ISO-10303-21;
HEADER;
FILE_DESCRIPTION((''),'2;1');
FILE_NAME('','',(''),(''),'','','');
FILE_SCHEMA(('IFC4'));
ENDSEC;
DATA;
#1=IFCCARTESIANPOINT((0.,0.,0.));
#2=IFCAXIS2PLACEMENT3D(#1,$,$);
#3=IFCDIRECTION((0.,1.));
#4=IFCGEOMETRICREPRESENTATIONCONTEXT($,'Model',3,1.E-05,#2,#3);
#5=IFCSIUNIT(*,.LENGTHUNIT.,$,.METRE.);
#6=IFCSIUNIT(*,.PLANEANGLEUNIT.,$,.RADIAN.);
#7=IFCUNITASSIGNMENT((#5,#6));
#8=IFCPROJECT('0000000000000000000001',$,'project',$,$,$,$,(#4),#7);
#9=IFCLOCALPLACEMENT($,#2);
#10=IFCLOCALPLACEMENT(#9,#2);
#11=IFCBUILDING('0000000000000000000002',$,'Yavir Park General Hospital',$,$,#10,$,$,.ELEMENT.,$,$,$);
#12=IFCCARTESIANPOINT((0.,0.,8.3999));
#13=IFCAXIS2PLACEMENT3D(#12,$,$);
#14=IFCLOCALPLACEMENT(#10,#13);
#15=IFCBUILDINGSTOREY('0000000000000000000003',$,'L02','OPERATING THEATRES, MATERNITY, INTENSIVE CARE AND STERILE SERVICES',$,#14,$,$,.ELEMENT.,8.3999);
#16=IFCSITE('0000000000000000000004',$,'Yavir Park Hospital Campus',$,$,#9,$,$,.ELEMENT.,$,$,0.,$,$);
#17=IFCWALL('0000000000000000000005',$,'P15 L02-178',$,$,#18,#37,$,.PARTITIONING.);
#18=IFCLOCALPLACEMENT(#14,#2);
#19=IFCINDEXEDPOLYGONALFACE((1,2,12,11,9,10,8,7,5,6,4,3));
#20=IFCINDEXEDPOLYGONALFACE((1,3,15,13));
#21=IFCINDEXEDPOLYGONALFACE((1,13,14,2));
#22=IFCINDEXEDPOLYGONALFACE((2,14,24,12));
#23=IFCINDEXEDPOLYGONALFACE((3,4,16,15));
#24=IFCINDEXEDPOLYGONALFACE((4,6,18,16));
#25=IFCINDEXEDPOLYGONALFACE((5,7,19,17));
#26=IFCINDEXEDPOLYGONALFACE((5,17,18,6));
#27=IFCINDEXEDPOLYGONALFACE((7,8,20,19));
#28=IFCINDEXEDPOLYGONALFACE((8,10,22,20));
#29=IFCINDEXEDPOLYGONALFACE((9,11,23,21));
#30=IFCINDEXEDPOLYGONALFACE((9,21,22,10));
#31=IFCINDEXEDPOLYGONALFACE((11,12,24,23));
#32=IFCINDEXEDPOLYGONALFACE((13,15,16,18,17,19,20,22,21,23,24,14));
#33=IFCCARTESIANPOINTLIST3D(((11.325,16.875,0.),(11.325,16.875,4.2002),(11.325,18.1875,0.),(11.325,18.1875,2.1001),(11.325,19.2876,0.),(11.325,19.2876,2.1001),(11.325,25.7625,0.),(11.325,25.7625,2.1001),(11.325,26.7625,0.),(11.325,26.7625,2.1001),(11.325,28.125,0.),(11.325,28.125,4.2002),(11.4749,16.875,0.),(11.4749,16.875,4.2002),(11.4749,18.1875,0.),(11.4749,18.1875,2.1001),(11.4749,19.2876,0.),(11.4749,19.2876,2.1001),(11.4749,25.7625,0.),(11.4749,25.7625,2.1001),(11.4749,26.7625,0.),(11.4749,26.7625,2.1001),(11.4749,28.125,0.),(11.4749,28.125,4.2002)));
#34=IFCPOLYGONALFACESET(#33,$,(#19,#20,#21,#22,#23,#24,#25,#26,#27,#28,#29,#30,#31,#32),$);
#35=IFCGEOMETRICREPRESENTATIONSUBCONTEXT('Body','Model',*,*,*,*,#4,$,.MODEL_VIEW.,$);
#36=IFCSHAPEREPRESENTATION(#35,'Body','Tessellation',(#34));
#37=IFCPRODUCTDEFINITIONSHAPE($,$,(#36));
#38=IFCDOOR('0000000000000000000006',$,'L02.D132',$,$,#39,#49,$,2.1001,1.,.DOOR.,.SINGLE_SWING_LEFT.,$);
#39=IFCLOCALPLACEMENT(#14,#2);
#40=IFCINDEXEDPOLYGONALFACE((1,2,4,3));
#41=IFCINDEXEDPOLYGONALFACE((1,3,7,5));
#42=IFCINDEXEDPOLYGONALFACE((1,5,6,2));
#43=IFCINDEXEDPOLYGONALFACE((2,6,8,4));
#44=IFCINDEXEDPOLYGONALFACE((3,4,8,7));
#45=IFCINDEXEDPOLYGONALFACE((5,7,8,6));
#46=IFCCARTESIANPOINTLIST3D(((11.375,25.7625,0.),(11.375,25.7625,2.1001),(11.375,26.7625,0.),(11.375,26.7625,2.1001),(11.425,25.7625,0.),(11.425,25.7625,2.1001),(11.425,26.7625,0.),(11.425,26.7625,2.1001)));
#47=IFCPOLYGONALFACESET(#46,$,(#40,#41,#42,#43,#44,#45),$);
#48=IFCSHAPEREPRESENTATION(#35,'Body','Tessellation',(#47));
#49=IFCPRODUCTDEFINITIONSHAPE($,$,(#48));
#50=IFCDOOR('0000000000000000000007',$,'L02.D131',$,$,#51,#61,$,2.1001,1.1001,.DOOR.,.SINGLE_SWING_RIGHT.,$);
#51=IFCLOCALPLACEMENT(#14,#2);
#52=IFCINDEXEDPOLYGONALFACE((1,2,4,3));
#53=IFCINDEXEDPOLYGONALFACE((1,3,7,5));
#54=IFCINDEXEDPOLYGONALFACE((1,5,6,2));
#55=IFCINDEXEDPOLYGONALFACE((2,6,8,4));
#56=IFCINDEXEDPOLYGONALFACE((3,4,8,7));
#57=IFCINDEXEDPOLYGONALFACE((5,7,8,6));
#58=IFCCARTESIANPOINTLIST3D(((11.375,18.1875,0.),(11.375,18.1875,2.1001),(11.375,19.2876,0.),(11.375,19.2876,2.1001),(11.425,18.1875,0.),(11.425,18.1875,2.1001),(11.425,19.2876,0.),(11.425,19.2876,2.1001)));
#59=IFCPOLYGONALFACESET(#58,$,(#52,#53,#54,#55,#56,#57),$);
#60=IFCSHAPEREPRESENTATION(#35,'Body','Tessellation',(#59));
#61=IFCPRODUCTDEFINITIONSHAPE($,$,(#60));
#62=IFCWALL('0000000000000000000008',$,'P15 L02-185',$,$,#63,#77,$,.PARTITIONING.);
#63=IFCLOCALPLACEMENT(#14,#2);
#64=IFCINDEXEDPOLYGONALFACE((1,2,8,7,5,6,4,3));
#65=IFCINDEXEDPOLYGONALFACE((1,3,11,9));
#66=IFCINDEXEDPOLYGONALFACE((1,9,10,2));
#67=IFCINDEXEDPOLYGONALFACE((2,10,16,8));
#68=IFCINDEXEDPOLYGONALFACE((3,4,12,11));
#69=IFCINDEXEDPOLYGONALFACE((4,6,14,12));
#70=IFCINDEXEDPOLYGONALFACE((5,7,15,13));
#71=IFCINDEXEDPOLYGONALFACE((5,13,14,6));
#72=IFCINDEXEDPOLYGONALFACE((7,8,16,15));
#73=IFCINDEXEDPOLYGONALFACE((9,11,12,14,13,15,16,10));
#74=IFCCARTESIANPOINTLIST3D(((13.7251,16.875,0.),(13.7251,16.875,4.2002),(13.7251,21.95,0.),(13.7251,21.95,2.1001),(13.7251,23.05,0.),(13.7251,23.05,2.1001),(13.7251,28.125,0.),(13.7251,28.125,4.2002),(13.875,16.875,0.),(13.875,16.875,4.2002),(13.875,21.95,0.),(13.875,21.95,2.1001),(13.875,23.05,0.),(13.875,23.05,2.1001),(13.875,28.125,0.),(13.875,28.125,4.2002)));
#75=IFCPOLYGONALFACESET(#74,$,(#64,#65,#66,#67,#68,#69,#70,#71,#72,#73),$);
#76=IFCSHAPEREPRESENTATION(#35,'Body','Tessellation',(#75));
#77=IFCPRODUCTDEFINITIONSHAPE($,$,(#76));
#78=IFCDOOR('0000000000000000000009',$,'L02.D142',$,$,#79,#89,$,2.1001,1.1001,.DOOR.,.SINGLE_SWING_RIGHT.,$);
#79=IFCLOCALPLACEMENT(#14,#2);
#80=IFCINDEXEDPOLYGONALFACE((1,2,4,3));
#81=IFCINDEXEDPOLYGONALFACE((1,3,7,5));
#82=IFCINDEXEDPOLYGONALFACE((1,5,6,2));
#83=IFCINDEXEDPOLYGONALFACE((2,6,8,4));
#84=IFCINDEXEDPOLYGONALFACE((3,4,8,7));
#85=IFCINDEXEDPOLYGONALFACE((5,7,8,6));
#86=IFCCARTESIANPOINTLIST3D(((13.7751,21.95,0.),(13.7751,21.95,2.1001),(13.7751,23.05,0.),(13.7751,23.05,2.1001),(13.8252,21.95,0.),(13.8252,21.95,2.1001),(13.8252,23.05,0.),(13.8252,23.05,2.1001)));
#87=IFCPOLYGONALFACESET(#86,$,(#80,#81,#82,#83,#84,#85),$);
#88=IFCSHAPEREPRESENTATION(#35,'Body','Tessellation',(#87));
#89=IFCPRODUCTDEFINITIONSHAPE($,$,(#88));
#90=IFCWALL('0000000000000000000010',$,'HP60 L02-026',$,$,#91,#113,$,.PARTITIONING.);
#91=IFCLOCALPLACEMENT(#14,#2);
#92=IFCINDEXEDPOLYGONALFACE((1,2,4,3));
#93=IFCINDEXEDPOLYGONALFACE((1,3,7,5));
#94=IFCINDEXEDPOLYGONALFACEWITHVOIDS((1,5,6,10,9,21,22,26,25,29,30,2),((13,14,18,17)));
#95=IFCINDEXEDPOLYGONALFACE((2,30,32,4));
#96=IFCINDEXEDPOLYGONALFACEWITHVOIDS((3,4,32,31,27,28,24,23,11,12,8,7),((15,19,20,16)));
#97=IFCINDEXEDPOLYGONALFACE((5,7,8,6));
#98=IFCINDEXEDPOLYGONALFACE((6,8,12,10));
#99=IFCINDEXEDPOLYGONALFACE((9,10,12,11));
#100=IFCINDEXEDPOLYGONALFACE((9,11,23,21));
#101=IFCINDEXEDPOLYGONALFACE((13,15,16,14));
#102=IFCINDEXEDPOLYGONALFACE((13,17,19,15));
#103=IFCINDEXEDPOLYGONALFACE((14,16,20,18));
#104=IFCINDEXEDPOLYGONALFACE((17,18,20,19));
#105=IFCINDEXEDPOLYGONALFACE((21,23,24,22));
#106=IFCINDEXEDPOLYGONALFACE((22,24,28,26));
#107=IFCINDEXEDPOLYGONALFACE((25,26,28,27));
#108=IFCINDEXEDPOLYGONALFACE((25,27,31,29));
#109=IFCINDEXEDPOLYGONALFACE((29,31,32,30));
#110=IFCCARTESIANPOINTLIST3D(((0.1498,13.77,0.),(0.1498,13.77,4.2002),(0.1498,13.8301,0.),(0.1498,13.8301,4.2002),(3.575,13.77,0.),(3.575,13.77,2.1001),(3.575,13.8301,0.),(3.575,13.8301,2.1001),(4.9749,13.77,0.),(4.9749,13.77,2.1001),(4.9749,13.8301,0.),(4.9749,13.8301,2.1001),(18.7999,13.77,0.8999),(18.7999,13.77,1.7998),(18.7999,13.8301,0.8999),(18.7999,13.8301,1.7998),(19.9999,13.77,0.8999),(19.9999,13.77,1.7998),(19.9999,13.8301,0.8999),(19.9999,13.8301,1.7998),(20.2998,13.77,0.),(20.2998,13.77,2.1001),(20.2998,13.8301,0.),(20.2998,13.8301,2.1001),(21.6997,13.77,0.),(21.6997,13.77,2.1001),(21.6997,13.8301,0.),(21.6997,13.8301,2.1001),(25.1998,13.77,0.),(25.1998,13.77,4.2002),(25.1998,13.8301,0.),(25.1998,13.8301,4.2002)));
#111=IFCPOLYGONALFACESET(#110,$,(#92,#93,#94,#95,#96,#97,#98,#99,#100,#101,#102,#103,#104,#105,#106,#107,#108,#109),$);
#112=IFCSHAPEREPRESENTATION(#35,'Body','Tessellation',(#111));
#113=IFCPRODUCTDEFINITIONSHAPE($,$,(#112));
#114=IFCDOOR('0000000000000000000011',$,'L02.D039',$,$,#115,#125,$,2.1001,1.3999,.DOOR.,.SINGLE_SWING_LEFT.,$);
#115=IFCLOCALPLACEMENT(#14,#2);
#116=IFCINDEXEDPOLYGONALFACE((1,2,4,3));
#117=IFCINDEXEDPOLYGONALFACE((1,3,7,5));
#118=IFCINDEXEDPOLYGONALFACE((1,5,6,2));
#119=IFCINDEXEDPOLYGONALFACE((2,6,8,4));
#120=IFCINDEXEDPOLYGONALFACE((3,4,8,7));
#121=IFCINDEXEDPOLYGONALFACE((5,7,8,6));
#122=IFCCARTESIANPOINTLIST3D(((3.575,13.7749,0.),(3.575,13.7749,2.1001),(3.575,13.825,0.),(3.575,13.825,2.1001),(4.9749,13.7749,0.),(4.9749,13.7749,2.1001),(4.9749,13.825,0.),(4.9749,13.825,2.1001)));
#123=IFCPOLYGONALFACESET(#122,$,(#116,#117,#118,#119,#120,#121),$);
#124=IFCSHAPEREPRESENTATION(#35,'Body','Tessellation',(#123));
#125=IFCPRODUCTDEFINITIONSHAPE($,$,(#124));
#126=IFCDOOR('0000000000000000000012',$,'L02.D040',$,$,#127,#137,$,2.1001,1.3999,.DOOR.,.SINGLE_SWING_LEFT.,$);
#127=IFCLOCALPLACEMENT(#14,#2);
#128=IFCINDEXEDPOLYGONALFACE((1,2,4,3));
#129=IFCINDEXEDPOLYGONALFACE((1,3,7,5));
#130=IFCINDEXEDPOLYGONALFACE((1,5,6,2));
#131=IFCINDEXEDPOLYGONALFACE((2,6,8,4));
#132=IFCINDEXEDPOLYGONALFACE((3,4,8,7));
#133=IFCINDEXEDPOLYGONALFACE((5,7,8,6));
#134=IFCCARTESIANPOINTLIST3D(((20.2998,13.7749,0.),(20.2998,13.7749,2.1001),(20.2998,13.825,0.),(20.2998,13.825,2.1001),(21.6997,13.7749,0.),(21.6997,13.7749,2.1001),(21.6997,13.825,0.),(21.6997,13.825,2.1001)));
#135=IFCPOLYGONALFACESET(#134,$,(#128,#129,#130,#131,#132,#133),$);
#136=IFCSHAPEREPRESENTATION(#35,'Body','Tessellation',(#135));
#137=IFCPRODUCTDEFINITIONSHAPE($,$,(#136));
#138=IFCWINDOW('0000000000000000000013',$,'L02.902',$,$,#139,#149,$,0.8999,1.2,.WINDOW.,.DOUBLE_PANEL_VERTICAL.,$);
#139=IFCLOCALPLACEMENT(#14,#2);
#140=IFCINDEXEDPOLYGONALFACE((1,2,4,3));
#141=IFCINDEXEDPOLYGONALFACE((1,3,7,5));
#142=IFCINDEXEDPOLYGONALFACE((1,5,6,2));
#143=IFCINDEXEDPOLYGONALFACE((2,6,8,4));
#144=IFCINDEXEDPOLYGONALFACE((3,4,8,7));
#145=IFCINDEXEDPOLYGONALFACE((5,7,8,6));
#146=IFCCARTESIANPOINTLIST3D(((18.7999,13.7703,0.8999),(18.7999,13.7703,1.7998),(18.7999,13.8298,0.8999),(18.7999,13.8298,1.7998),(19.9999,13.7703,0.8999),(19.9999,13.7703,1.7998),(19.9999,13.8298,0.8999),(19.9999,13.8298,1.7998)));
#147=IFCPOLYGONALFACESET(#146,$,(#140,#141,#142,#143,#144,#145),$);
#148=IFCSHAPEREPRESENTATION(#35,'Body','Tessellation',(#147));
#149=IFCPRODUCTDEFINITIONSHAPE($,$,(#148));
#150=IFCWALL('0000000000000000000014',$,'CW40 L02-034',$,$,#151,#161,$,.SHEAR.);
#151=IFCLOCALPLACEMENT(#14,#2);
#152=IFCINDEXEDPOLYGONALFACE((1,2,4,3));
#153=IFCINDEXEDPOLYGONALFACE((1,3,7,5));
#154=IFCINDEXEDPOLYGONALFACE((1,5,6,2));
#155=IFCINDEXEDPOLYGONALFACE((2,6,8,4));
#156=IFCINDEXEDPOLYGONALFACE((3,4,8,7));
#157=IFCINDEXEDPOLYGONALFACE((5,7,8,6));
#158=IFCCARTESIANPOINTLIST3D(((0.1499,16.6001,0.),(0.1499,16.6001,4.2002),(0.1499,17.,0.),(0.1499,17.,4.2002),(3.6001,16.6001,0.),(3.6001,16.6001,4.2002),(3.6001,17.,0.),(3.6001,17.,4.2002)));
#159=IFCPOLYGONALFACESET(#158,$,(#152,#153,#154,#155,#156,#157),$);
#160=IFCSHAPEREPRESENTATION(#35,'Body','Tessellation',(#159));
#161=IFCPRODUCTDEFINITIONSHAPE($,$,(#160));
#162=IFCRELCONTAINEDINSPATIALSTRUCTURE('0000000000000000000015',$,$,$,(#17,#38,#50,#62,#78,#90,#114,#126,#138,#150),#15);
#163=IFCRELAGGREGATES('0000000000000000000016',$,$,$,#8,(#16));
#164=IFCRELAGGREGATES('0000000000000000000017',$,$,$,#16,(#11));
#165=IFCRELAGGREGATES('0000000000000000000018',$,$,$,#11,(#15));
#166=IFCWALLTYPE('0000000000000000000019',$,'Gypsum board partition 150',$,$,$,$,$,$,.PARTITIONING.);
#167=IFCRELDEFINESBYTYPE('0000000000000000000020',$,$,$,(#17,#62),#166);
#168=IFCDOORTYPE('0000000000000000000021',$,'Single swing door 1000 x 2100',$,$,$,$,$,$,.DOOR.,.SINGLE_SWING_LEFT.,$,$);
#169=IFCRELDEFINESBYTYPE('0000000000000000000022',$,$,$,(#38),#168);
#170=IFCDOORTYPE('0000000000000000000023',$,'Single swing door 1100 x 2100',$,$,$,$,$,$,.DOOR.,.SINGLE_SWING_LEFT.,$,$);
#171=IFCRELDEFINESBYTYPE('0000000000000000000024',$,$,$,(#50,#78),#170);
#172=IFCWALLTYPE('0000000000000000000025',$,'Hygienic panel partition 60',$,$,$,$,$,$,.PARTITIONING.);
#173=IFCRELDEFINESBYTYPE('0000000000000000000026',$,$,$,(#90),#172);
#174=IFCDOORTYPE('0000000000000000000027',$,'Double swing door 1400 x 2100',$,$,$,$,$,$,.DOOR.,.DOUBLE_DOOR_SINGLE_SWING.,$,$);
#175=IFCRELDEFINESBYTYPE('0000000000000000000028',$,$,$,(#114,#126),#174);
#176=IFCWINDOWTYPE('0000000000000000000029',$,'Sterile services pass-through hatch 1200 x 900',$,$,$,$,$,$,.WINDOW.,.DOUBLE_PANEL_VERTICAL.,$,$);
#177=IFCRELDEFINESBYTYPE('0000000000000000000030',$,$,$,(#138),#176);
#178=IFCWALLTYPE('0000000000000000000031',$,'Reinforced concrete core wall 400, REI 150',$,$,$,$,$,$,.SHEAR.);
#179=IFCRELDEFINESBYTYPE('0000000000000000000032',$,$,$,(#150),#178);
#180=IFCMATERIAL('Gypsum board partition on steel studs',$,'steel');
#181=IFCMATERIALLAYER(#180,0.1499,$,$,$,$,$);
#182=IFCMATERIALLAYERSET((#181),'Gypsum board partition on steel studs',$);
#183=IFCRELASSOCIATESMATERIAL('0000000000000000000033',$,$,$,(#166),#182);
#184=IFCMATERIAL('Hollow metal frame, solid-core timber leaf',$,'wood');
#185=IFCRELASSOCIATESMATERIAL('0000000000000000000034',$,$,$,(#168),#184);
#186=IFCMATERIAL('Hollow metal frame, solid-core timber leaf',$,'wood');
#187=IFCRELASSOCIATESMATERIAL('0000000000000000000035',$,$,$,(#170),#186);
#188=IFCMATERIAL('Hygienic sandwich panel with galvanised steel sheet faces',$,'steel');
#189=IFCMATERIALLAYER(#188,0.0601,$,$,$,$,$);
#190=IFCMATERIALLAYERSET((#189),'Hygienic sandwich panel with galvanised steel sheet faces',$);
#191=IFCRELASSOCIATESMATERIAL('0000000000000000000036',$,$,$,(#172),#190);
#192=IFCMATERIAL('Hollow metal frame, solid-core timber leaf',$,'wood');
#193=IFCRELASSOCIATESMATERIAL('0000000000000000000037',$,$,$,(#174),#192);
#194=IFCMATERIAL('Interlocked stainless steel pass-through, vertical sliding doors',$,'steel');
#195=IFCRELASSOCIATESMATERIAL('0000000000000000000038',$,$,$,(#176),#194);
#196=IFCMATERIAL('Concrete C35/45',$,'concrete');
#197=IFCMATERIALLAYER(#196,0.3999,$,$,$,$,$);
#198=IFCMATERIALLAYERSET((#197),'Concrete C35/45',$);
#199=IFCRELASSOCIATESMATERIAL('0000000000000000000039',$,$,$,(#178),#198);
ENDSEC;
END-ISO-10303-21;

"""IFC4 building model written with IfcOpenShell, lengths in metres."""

from ifc_helpers import new_model, si_unit, direction, frame, frame_2d, origin, place, context, subcontext, project, spatial, rectangle, extrude, material, layer, layer_set, type_object, element, fill, save


model = new_model("IFC4")

# Units and contexts
model_context = context("Model", 3, precision=1e-05, world=origin(), true_north=direction((0.0, 1.0)))
body_context = subcontext(model_context, "Body", "Model", "MODEL_VIEW")
ifc_project = project(units=[si_unit("LENGTHUNIT", "METRE"), si_unit("PLANEANGLEUNIT", "RADIAN")], contexts=[model_context])

# Site, building, storey
site_placement = place(None, origin())
site = spatial("IfcSite", under=ifc_project, at=site_placement, Name="Yavir Park Hospital Campus", CompositionType="ELEMENT", RefElevation=0.0)
building_placement = place(site_placement, origin())
building = spatial("IfcBuilding", under=site, at=building_placement, Name="Yavir Park General Hospital", CompositionType="ELEMENT")
storey_placement = place(building_placement, frame((0.0, 0.0, 8.3999)))
storey = spatial("IfcBuildingStorey", under=building, at=storey_placement, Name="L02", Description="OPERATING THEATRES, MATERNITY, INTENSIVE CARE AND STERILE SERVICES", CompositionType="ELEMENT", Elevation=8.3999)

# Shared definitions
ifc_material_1 = material(Name="Gypsum board partition on steel studs", Category="steel")
ifc_layer_1 = layer(ifc_material_1, 0.1499)
ifc_layer_set_1 = layer_set([ifc_layer_1], Name="Gypsum board partition on steel studs")
wall_type_1 = type_object("IfcWallType", Name="Gypsum board partition 150", PredefinedType="PARTITIONING", material=ifc_layer_set_1)

# Wall, openings, doors
wall_1_placement = place(storey_placement, frame((11.3999, 16.875, 0.0), z_axis=(0.0, 0.0, 1.0), x_axis=(0.0, 1.0, 0.0)))
wall_1 = element("IfcWall", 1, at=wall_1_placement, inside=storey, type_object=wall_type_1, Name="P15 L02-178", PredefinedType="PARTITIONING", context=body_context, shape_type="SweptSolid", body=[
    extrude(rectangle(XDim=11.25, YDim=0.1499, at=frame_2d((5.625, 0.0))), origin(), (0.0, 0.0, 1.0), 4.2002),
])
opening_1_placement = place(wall_1_placement, frame((1.3125, 0.0, 0.0)))
opening_1 = element("IfcOpeningElement", 2, at=opening_1_placement, cuts=wall_1, PredefinedType="OPENING", context=body_context, shape_type="SweptSolid", body=[
    extrude(rectangle(XDim=1.1001, YDim=2.1001, at=frame_2d((0.55, 1.05))), frame((0.0, 0.085, 0.0), z_axis=(0.0, -1.0, 0.0), x_axis=(1.0, 0.0, 0.0)), (0.0, 0.0, 1.0), 0.1699),
])
opening_2_placement = place(wall_1_placement, frame((8.8875, 0.0, 0.0)))
opening_2 = element("IfcOpeningElement", 3, at=opening_2_placement, cuts=wall_1, PredefinedType="OPENING", context=body_context, shape_type="SweptSolid", body=[
    extrude(rectangle(XDim=1.0, YDim=2.1001, at=frame_2d((0.5, 1.05))), frame((0.0, 0.085, 0.0), z_axis=(0.0, -1.0, 0.0), x_axis=(1.0, 0.0, 0.0)), (0.0, 0.0, 1.0), 0.1699),
])
ifc_material_2 = material(Name="Hollow metal frame, solid-core timber leaf", Category="wood")
door_type_1 = type_object("IfcDoorType", Name="Single swing door 1000 x 2100", OperationType="SINGLE_SWING_LEFT", PredefinedType="DOOR", material=ifc_material_2)
door_1_placement = place(opening_2_placement, origin())
door_1 = element("IfcDoor", 4, at=door_1_placement, inside=storey, type_object=door_type_1, Name="L02.D132", OperationType="SINGLE_SWING_LEFT", OverallHeight=2.1001, OverallWidth=1.0, PredefinedType="DOOR", context=body_context, shape_type="SweptSolid", body=[
    extrude(rectangle(XDim=1.0, YDim=2.1001, at=frame_2d((0.5, 1.05))), frame((0.0, 0.0249, 0.0), z_axis=(0.0, -1.0, 0.0), x_axis=(1.0, 0.0, 0.0)), (0.0, 0.0, 1.0), 0.05),
])
fill(opening_2, door_1)
ifc_material_3 = material(Name="Hollow metal frame, solid-core timber leaf", Category="wood")
door_type_2 = type_object("IfcDoorType", Name="Single swing door 1100 x 2100", OperationType="SINGLE_SWING_LEFT", PredefinedType="DOOR", material=ifc_material_3)
door_2_placement = place(opening_1_placement, origin())
door_2 = element("IfcDoor", 5, at=door_2_placement, inside=storey, type_object=door_type_2, Name="L02.D131", OperationType="SINGLE_SWING_RIGHT", OverallHeight=2.1001, OverallWidth=1.1001, PredefinedType="DOOR", context=body_context, shape_type="SweptSolid", body=[
    extrude(rectangle(XDim=1.1001, YDim=2.1001, at=frame_2d((0.55, 1.05))), frame((0.0, 0.0249, 0.0), z_axis=(0.0, -1.0, 0.0), x_axis=(1.0, 0.0, 0.0)), (0.0, 0.0, 1.0), 0.05),
])
fill(opening_1, door_2)

# Wall, opening, door
wall_2_placement = place(storey_placement, frame((13.8, 16.875, 0.0), z_axis=(0.0, 0.0, 1.0), x_axis=(0.0, 1.0, 0.0)))
wall_2 = element("IfcWall", 6, at=wall_2_placement, inside=storey, type_object=wall_type_1, Name="P15 L02-185", PredefinedType="PARTITIONING", context=body_context, shape_type="SweptSolid", body=[
    extrude(rectangle(XDim=11.25, YDim=0.1499, at=frame_2d((5.625, 0.0))), origin(), (0.0, 0.0, 1.0), 4.2002),
])
opening_3_placement = place(wall_2_placement, frame((5.075, 0.0, 0.0)))
opening_3 = element("IfcOpeningElement", 7, at=opening_3_placement, cuts=wall_2, PredefinedType="OPENING", context=body_context, shape_type="SweptSolid", body=[
    extrude(rectangle(XDim=1.1001, YDim=2.1001, at=frame_2d((0.55, 1.05))), frame((0.0, 0.085, 0.0), z_axis=(0.0, -1.0, 0.0), x_axis=(1.0, 0.0, 0.0)), (0.0, 0.0, 1.0), 0.1699),
])
door_3_placement = place(opening_3_placement, origin())
door_3 = element("IfcDoor", 8, at=door_3_placement, inside=storey, type_object=door_type_2, Name="L02.D142", OperationType="SINGLE_SWING_RIGHT", OverallHeight=2.1001, OverallWidth=1.1001, PredefinedType="DOOR", context=body_context, shape_type="SweptSolid", body=[
    extrude(rectangle(XDim=1.1001, YDim=2.1001, at=frame_2d((0.55, 1.05))), frame((0.0, 0.0249, 0.0), z_axis=(0.0, -1.0, 0.0), x_axis=(1.0, 0.0, 0.0)), (0.0, 0.0, 1.0), 0.05),
])
fill(opening_3, door_3)

# Wall, openings, doors, window
ifc_material_4 = material(Name="Hygienic sandwich panel with galvanised steel sheet faces", Category="steel")
ifc_layer_2 = layer(ifc_material_4, 0.0601)
ifc_layer_set_2 = layer_set([ifc_layer_2], Name="Hygienic sandwich panel with galvanised steel sheet faces")
wall_type_2 = type_object("IfcWallType", Name="Hygienic panel partition 60", PredefinedType="PARTITIONING", material=ifc_layer_set_2)
wall_3_placement = place(storey_placement, frame((0.1499, 13.8, 0.0), z_axis=(0.0, 0.0, 1.0), x_axis=(1.0, 0.0, 0.0)))
wall_3 = element("IfcWall", 9, at=wall_3_placement, inside=storey, type_object=wall_type_2, Name="HP60 L02-026", PredefinedType="PARTITIONING", context=body_context, shape_type="SweptSolid", body=[
    extrude(rectangle(XDim=25.05, YDim=0.0601, at=frame_2d((12.5249, 0.0))), origin(), (0.0, 0.0, 1.0), 4.2002),
])
opening_4_placement = place(wall_3_placement, frame((3.425, 0.0, 0.0)))
opening_4 = element("IfcOpeningElement", 10, at=opening_4_placement, cuts=wall_3, PredefinedType="OPENING", context=body_context, shape_type="SweptSolid", body=[
    extrude(rectangle(XDim=1.3999, YDim=2.1001, at=frame_2d((0.7, 1.05))), frame((0.0, 0.04, 0.0), z_axis=(0.0, -1.0, 0.0), x_axis=(1.0, 0.0, 0.0)), (0.0, 0.0, 1.0), 0.0801),
])
opening_5_placement = place(wall_3_placement, frame((20.1499, 0.0, 0.0)))
opening_5 = element("IfcOpeningElement", 11, at=opening_5_placement, cuts=wall_3, PredefinedType="OPENING", context=body_context, shape_type="SweptSolid", body=[
    extrude(rectangle(XDim=1.3999, YDim=2.1001, at=frame_2d((0.7, 1.05))), frame((0.0, 0.04, 0.0), z_axis=(0.0, -1.0, 0.0), x_axis=(1.0, 0.0, 0.0)), (0.0, 0.0, 1.0), 0.0801),
])
opening_6_placement = place(wall_3_placement, frame((18.6499, 0.0, 0.8999)))
opening_6 = element("IfcOpeningElement", 12, at=opening_6_placement, cuts=wall_3, PredefinedType="OPENING", context=body_context, shape_type="SweptSolid", body=[
    extrude(rectangle(XDim=1.2, YDim=0.8999, at=frame_2d((0.6001, 0.45))), frame((0.0, 0.04, 0.0), z_axis=(0.0, -1.0, 0.0), x_axis=(1.0, 0.0, 0.0)), (0.0, 0.0, 1.0), 0.0801),
])
ifc_material_5 = material(Name="Hollow metal frame, solid-core timber leaf", Category="wood")
door_type_3 = type_object("IfcDoorType", Name="Double swing door 1400 x 2100", OperationType="DOUBLE_DOOR_SINGLE_SWING", PredefinedType="DOOR", material=ifc_material_5)
door_4_placement = place(opening_4_placement, origin())
door_4 = element("IfcDoor", 13, at=door_4_placement, inside=storey, type_object=door_type_3, Name="L02.D039", OperationType="SINGLE_SWING_LEFT", OverallHeight=2.1001, OverallWidth=1.3999, PredefinedType="DOOR", context=body_context, shape_type="SweptSolid", body=[
    extrude(rectangle(XDim=1.3999, YDim=2.1001, at=frame_2d((0.7, 1.05))), frame((0.0, 0.0249, 0.0), z_axis=(0.0, -1.0, 0.0), x_axis=(1.0, 0.0, 0.0)), (0.0, 0.0, 1.0), 0.05),
])
fill(opening_4, door_4)
door_5_placement = place(opening_5_placement, origin())
door_5 = element("IfcDoor", 14, at=door_5_placement, inside=storey, type_object=door_type_3, Name="L02.D040", OperationType="SINGLE_SWING_LEFT", OverallHeight=2.1001, OverallWidth=1.3999, PredefinedType="DOOR", context=body_context, shape_type="SweptSolid", body=[
    extrude(rectangle(XDim=1.3999, YDim=2.1001, at=frame_2d((0.7, 1.05))), frame((0.0, 0.0249, 0.0), z_axis=(0.0, -1.0, 0.0), x_axis=(1.0, 0.0, 0.0)), (0.0, 0.0, 1.0), 0.05),
])
fill(opening_5, door_5)
ifc_material_6 = material(Name="Interlocked stainless steel pass-through, vertical sliding doors", Category="steel")
window_type = type_object("IfcWindowType", Name="Sterile services pass-through hatch 1200 x 900", PartitioningType="DOUBLE_PANEL_VERTICAL", PredefinedType="WINDOW", material=ifc_material_6)
window_placement = place(opening_6_placement, origin())
window = element("IfcWindow", 15, at=window_placement, inside=storey, type_object=window_type, Name="L02.902", OverallHeight=0.8999, OverallWidth=1.2, PartitioningType="DOUBLE_PANEL_VERTICAL", PredefinedType="WINDOW", context=body_context, shape_type="SweptSolid", body=[
    extrude(rectangle(XDim=1.2, YDim=0.8999, at=frame_2d((0.6001, 0.45))), frame((0.0, 0.0298, 0.0), z_axis=(0.0, -1.0, 0.0), x_axis=(1.0, 0.0, 0.0)), (0.0, 0.0, 1.0), 0.0596),
])
fill(opening_6, window)

# Wall
ifc_material_7 = material(Name="Concrete C35/45", Category="concrete")
ifc_layer_3 = layer(ifc_material_7, 0.3999)
ifc_layer_set_3 = layer_set([ifc_layer_3], Name="Concrete C35/45")
wall_type_3 = type_object("IfcWallType", Name="Reinforced concrete core wall 400, REI 150", PredefinedType="SHEAR", material=ifc_layer_set_3)
wall_4_placement = place(storey_placement, frame((0.1499, 16.8, 0.0), z_axis=(0.0, 0.0, 1.0), x_axis=(1.0, 0.0, 0.0)))
element("IfcWall", 16, at=wall_4_placement, inside=storey, type_object=wall_type_3, Name="CW40 L02-034", PredefinedType="SHEAR", context=body_context, shape_type="SweptSolid", body=[
    extrude(rectangle(XDim=3.4502, YDim=0.3999, at=frame_2d((1.7251, 0.0))), origin(), (0.0, 0.0, 1.0), 4.2002),
])

save(model, "model.ifc")
